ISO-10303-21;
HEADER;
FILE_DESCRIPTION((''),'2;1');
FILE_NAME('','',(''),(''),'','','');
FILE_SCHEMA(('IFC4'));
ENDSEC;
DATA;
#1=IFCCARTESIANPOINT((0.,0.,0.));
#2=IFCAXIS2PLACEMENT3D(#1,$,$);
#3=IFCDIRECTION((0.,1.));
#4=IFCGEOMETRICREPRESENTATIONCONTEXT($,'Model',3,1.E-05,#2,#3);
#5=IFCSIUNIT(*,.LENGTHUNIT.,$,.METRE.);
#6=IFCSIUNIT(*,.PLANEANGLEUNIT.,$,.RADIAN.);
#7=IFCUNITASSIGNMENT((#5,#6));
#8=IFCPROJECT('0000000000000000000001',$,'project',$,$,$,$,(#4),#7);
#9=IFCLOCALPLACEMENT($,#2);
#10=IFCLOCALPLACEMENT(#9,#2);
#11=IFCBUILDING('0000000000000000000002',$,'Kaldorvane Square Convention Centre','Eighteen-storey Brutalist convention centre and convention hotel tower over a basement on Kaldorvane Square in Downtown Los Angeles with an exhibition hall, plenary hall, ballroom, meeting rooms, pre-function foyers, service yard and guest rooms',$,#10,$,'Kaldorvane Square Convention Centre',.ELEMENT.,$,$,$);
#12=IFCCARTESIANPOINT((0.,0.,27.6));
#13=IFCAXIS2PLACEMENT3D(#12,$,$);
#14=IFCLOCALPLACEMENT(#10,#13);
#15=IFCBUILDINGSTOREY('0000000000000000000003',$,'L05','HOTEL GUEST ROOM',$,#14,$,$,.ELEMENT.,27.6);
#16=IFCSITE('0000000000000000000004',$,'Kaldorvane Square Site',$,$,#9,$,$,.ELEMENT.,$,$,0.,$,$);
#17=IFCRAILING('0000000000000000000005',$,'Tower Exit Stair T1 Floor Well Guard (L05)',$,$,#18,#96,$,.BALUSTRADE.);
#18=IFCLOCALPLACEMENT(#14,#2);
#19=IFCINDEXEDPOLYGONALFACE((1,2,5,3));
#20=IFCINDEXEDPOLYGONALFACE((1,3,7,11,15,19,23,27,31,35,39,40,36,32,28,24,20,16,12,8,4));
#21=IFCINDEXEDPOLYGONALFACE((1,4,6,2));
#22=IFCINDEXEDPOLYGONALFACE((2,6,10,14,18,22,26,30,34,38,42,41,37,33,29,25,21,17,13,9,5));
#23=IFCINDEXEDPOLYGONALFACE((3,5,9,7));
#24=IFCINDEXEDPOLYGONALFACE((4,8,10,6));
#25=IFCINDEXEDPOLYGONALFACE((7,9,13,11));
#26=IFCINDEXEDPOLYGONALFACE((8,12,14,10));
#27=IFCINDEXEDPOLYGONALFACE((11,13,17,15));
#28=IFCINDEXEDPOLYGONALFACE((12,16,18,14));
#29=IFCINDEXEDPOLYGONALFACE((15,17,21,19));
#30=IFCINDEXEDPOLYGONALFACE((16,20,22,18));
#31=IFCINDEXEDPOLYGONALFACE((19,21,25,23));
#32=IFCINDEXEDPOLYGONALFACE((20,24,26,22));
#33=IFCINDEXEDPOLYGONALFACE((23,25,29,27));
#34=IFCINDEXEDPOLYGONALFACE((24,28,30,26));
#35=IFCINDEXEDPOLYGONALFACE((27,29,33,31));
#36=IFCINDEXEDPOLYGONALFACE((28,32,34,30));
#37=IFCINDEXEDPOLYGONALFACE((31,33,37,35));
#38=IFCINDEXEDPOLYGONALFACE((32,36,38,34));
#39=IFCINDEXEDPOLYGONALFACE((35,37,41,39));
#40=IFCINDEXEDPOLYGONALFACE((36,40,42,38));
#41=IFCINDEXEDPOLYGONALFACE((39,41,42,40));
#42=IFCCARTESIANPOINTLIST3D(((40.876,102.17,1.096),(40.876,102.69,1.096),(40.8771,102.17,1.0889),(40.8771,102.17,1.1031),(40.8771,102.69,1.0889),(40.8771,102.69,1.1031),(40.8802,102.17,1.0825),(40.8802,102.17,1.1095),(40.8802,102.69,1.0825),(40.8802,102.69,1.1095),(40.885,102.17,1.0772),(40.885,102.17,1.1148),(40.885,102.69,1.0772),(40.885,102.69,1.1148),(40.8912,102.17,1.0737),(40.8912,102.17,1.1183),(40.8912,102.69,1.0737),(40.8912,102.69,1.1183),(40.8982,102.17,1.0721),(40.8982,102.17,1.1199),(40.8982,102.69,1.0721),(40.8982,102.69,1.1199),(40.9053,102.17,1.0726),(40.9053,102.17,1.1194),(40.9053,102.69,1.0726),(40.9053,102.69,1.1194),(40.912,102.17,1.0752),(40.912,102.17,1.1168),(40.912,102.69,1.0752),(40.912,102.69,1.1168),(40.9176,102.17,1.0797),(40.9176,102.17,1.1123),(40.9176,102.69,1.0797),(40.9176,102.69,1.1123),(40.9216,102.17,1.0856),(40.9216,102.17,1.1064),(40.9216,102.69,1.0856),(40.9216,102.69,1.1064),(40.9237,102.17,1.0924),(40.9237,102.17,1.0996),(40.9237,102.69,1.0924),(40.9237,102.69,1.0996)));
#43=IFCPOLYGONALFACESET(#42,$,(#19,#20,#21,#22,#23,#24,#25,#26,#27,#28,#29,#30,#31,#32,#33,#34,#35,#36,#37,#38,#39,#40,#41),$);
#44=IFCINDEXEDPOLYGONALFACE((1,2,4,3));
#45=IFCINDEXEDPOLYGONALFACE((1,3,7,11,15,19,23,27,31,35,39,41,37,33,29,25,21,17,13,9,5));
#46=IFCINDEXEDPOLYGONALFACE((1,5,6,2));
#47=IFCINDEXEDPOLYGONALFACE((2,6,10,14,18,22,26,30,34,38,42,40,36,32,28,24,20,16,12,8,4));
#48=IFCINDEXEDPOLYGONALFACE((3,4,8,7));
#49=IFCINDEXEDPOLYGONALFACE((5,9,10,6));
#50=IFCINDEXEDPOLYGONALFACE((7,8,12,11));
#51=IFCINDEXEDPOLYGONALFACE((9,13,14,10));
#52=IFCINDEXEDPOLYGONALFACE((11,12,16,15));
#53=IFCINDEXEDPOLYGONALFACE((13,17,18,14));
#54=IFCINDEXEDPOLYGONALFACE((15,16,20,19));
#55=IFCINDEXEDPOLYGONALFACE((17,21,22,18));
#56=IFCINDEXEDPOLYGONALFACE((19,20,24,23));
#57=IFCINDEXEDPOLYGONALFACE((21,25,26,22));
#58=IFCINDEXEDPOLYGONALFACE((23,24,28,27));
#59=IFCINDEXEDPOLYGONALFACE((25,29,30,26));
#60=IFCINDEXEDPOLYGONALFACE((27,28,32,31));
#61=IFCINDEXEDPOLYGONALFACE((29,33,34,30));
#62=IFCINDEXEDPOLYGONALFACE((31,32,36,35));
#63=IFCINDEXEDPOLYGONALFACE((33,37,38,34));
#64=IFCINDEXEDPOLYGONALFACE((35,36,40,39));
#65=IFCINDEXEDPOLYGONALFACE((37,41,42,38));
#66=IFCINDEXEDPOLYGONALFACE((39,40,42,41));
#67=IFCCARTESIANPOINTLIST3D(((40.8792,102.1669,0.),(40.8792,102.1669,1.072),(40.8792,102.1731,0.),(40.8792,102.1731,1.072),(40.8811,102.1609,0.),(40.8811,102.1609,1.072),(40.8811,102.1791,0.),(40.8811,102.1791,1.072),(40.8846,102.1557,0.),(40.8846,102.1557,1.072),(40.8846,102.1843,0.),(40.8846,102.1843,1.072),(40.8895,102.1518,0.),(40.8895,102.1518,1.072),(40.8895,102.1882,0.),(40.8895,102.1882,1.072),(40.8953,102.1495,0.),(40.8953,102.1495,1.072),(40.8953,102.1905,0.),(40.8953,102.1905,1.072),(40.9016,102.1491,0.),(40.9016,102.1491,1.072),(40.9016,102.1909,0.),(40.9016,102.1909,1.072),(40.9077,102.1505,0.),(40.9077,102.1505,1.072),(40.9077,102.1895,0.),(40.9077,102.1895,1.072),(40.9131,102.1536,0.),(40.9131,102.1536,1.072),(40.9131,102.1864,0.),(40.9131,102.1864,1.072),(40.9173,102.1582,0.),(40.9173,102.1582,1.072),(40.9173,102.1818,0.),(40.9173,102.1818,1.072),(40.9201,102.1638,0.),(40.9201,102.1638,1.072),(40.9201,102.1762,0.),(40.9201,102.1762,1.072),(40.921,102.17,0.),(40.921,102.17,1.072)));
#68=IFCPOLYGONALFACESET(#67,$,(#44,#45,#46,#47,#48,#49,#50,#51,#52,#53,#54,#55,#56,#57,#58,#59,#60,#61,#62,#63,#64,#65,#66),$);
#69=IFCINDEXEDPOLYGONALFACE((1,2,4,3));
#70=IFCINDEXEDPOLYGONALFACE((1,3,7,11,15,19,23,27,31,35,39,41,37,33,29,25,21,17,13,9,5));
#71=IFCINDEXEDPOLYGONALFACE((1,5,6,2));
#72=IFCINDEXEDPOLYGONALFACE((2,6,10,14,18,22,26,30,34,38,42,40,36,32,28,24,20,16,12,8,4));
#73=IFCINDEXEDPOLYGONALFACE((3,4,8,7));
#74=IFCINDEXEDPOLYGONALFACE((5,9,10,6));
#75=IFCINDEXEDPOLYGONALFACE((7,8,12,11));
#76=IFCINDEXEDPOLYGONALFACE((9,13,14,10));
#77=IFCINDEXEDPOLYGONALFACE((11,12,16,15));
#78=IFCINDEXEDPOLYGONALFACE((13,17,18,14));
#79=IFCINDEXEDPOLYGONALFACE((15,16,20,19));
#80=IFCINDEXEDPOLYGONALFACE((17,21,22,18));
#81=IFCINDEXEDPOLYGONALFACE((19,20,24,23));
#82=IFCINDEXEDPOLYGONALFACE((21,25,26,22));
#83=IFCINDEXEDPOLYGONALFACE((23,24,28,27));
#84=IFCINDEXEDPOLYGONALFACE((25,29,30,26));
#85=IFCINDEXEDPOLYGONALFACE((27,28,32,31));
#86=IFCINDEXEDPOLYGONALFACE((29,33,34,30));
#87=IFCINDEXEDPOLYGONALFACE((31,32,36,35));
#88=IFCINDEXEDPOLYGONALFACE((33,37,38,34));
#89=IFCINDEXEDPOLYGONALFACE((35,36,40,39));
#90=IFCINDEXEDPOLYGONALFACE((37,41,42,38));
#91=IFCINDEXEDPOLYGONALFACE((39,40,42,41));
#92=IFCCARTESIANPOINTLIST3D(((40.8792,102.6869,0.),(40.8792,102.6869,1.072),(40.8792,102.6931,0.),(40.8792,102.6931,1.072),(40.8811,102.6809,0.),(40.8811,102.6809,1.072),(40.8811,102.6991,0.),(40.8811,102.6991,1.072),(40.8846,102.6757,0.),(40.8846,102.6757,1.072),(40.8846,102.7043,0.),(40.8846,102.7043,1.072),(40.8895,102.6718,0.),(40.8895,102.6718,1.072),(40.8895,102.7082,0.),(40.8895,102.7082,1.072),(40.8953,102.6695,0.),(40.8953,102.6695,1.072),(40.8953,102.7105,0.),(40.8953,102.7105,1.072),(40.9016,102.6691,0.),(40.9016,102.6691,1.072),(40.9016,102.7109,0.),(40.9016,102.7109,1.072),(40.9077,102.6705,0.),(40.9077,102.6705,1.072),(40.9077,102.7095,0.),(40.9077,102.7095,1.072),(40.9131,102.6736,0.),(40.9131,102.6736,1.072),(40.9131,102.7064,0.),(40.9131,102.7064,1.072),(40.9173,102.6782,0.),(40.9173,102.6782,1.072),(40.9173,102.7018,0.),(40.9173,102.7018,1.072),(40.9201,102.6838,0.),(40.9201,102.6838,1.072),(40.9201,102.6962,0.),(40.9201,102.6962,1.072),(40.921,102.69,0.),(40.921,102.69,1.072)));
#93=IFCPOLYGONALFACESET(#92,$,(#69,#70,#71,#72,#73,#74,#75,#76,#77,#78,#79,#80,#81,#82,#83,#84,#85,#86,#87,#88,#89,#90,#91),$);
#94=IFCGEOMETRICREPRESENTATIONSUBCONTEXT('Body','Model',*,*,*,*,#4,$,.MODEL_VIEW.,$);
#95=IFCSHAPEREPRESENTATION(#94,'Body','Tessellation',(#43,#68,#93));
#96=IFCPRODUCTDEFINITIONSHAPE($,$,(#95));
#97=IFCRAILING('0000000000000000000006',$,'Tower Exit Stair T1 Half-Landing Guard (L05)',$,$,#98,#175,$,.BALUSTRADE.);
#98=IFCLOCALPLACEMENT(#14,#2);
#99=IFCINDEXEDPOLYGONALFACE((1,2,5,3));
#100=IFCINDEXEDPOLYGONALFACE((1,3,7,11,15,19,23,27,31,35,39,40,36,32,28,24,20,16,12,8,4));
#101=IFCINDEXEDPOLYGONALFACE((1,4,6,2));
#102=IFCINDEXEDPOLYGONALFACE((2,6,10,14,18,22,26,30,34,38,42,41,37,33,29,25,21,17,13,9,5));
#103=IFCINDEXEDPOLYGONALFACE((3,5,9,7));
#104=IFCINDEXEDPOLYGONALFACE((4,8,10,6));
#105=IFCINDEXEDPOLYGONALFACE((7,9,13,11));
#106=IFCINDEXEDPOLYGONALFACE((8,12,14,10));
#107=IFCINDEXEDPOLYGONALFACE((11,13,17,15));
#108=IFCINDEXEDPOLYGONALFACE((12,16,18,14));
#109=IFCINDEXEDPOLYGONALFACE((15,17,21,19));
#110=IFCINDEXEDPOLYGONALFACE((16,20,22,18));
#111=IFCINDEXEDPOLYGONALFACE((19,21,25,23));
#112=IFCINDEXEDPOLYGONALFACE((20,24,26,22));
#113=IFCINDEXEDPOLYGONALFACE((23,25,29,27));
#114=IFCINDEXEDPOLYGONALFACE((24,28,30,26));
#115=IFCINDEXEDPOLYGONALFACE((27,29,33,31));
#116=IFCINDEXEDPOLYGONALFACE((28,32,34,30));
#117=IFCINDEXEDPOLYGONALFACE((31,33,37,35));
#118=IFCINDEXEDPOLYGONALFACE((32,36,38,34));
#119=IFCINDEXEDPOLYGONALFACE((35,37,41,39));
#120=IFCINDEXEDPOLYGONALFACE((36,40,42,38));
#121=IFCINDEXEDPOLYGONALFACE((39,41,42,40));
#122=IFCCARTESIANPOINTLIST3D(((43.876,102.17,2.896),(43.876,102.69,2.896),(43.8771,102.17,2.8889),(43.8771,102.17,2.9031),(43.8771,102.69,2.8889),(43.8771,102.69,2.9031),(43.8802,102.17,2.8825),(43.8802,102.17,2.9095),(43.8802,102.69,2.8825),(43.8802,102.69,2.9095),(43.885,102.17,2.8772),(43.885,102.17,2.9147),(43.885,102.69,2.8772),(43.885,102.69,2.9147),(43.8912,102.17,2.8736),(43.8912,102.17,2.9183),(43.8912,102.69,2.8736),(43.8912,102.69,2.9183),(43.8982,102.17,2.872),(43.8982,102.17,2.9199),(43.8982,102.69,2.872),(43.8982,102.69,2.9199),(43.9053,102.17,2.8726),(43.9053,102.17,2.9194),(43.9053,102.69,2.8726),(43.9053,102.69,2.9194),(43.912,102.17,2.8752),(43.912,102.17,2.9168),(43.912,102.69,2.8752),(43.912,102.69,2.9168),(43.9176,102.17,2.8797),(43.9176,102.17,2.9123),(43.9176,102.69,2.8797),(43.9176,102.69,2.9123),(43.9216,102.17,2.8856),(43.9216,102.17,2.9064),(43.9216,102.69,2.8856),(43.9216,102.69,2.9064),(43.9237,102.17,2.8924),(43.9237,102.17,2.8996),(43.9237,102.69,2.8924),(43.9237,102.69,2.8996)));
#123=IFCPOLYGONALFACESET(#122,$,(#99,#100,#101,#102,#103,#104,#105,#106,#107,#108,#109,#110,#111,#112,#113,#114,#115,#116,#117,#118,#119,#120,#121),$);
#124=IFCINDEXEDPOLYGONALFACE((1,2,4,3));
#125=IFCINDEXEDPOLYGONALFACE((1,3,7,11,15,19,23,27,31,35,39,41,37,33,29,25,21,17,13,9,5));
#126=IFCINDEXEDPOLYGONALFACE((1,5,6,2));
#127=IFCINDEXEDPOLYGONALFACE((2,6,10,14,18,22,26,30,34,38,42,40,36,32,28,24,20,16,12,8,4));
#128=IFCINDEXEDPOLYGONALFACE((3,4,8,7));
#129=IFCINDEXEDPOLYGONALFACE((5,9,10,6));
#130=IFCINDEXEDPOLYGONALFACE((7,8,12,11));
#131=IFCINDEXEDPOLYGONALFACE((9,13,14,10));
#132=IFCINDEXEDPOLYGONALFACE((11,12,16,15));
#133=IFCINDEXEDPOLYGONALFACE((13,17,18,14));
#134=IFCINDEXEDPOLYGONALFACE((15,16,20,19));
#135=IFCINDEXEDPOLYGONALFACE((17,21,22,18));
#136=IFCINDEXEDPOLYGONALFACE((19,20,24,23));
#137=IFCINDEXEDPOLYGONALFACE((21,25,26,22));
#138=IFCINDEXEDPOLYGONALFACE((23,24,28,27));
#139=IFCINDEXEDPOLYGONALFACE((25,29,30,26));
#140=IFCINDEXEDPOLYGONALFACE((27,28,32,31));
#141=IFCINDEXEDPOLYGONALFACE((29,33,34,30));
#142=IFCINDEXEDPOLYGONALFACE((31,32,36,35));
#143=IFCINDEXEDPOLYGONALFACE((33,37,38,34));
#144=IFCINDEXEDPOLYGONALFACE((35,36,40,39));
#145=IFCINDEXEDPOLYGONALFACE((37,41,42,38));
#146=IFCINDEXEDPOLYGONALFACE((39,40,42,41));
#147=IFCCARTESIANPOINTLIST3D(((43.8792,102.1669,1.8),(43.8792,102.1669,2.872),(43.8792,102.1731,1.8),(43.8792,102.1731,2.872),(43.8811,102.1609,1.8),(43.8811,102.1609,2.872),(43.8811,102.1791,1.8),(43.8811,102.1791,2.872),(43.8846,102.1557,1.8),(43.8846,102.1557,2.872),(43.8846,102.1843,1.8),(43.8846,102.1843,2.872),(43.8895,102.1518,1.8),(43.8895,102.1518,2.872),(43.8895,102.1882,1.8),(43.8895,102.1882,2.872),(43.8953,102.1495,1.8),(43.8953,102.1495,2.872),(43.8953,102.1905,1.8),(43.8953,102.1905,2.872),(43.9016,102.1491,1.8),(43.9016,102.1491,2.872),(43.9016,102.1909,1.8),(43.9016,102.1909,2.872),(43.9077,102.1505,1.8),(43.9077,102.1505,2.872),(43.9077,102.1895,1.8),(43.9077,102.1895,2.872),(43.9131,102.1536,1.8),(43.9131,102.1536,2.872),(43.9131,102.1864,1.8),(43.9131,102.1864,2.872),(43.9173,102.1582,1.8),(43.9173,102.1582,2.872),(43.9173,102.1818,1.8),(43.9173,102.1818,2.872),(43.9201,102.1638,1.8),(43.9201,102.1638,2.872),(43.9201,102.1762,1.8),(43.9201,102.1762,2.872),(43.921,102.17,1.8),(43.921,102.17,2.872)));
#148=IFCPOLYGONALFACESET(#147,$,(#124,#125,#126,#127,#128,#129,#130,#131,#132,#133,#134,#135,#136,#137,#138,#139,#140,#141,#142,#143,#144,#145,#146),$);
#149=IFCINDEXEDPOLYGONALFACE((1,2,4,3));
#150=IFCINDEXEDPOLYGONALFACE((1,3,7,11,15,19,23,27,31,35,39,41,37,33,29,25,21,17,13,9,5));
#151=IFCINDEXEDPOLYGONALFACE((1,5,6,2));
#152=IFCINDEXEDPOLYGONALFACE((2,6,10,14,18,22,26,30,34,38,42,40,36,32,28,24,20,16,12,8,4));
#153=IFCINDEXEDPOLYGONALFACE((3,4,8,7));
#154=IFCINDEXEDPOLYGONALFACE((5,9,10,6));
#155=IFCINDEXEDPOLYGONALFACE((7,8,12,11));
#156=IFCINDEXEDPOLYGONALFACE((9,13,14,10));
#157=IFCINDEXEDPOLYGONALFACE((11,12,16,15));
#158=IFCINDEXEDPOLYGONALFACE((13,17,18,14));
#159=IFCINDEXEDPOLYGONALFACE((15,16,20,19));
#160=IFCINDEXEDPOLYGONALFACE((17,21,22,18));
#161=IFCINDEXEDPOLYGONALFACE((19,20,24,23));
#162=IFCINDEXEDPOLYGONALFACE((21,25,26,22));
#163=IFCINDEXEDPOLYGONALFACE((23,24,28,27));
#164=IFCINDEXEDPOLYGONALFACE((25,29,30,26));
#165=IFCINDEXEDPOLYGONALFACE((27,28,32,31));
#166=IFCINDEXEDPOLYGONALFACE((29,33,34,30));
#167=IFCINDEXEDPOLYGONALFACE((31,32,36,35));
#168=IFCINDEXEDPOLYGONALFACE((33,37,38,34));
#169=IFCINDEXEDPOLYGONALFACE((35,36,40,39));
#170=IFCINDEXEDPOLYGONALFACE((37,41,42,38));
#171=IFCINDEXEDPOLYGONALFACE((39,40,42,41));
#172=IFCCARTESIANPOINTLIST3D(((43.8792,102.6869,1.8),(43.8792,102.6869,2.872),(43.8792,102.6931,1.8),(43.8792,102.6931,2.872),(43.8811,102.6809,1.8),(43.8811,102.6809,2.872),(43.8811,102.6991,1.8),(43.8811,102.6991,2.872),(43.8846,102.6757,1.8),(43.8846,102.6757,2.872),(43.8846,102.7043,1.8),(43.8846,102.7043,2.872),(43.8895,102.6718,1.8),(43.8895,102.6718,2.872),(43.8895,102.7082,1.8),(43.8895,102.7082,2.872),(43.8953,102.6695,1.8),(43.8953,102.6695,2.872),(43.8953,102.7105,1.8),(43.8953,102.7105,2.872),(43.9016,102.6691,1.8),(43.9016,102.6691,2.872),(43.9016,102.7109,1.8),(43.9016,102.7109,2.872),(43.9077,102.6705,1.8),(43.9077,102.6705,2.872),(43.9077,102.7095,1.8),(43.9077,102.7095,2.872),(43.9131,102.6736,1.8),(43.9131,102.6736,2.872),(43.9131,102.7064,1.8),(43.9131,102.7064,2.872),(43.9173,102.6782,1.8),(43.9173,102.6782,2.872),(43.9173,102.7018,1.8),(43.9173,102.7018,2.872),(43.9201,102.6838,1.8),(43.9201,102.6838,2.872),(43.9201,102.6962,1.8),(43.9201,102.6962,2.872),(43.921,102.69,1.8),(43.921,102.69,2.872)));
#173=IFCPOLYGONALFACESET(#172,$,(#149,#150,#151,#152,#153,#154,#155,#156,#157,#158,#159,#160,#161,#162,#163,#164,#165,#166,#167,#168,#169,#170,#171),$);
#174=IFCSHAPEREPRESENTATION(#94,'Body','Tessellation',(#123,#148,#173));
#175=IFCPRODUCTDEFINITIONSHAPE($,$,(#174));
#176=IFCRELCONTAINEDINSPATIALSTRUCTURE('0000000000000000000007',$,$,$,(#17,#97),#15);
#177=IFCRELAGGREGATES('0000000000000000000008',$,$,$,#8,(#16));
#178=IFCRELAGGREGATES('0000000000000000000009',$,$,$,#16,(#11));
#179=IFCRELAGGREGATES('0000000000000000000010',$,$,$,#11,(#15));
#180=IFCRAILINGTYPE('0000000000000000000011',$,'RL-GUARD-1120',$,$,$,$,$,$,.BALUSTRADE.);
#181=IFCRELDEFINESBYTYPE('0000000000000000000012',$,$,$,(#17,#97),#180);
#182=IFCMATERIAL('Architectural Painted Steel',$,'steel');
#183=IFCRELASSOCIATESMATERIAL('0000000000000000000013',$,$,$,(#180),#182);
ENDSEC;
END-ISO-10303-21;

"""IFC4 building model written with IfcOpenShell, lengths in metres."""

from ifc_helpers import new_model, si_unit, direction, frame, origin, origin_2d, place, context, subcontext, project, spatial, circle, extrude, material, type_object, element, save


model = new_model("IFC4")

# Units and contexts
model_context = context("Model", 3, precision=1e-05, world=origin(), true_north=direction((0.0, 1.0)))
body_context = subcontext(model_context, "Body", "Model", "MODEL_VIEW")
ifc_project = project(units=[si_unit("LENGTHUNIT", "METRE"), si_unit("PLANEANGLEUNIT", "RADIAN")], contexts=[model_context])

# Site, building, storey
site_placement = place(None, origin())
site = spatial("IfcSite", under=ifc_project, at=site_placement, Name="Kaldorvane Square Site", CompositionType="ELEMENT", RefElevation=0.0)
building_placement = place(site_placement, origin())
building = spatial("IfcBuilding", under=site, at=building_placement, Name="Kaldorvane Square Convention Centre", Description="Eighteen-storey Brutalist convention centre and convention hotel tower over a basement on Kaldorvane Square in Downtown Los Angeles with an exhibition hall, plenary hall, ballroom, meeting rooms, pre-function foyers, service yard and guest rooms", LongName="Kaldorvane Square Convention Centre", CompositionType="ELEMENT")
storey_placement = place(building_placement, frame((0.0, 0.0, 27.6)))
storey = spatial("IfcBuildingStorey", under=building, at=storey_placement, Name="L05", Description="HOTEL GUEST ROOM", CompositionType="ELEMENT", Elevation=27.6)

# Railings
ifc_material_1 = material(Name="Architectural Painted Steel", Category="steel")
railing_type_1 = type_object("IfcRailingType", Name="RL-GUARD-1120", PredefinedType="BALUSTRADE", material=ifc_material_1)
for number, where, name in (
    (1, (40.9, 102.17, 0.0), "Tower Exit Stair T1 Floor Well Guard (L05)"),
    (2, (43.9, 102.17, 1.8), "Tower Exit Stair T1 Half-Landing Guard (L05)"),
):
    element("IfcRailing", number, at=place(storey_placement, frame(where)), inside=storey, type_object=railing_type_1, Name=name, PredefinedType="BALUSTRADE", context=body_context, shape_type="SweptSolid", body=[
        extrude(circle(Radius=0.024, at=origin_2d()), frame((0.0, 0.0, 1.096), z_axis=(0.0, 1.0, 0.0), x_axis=(-1.0, 0.0, 0.0)), (0.0, 0.0, 1.0), 0.52),
        extrude(circle(Radius=0.021, at=origin_2d()), origin(), (0.0, 0.0, 1.0), 1.072),
        extrude(circle(Radius=0.021, at=origin_2d()), frame((0.0, 0.52, 0.0)), (0.0, 0.0, 1.0), 1.072),
    ])

save(model, "model.ifc")
